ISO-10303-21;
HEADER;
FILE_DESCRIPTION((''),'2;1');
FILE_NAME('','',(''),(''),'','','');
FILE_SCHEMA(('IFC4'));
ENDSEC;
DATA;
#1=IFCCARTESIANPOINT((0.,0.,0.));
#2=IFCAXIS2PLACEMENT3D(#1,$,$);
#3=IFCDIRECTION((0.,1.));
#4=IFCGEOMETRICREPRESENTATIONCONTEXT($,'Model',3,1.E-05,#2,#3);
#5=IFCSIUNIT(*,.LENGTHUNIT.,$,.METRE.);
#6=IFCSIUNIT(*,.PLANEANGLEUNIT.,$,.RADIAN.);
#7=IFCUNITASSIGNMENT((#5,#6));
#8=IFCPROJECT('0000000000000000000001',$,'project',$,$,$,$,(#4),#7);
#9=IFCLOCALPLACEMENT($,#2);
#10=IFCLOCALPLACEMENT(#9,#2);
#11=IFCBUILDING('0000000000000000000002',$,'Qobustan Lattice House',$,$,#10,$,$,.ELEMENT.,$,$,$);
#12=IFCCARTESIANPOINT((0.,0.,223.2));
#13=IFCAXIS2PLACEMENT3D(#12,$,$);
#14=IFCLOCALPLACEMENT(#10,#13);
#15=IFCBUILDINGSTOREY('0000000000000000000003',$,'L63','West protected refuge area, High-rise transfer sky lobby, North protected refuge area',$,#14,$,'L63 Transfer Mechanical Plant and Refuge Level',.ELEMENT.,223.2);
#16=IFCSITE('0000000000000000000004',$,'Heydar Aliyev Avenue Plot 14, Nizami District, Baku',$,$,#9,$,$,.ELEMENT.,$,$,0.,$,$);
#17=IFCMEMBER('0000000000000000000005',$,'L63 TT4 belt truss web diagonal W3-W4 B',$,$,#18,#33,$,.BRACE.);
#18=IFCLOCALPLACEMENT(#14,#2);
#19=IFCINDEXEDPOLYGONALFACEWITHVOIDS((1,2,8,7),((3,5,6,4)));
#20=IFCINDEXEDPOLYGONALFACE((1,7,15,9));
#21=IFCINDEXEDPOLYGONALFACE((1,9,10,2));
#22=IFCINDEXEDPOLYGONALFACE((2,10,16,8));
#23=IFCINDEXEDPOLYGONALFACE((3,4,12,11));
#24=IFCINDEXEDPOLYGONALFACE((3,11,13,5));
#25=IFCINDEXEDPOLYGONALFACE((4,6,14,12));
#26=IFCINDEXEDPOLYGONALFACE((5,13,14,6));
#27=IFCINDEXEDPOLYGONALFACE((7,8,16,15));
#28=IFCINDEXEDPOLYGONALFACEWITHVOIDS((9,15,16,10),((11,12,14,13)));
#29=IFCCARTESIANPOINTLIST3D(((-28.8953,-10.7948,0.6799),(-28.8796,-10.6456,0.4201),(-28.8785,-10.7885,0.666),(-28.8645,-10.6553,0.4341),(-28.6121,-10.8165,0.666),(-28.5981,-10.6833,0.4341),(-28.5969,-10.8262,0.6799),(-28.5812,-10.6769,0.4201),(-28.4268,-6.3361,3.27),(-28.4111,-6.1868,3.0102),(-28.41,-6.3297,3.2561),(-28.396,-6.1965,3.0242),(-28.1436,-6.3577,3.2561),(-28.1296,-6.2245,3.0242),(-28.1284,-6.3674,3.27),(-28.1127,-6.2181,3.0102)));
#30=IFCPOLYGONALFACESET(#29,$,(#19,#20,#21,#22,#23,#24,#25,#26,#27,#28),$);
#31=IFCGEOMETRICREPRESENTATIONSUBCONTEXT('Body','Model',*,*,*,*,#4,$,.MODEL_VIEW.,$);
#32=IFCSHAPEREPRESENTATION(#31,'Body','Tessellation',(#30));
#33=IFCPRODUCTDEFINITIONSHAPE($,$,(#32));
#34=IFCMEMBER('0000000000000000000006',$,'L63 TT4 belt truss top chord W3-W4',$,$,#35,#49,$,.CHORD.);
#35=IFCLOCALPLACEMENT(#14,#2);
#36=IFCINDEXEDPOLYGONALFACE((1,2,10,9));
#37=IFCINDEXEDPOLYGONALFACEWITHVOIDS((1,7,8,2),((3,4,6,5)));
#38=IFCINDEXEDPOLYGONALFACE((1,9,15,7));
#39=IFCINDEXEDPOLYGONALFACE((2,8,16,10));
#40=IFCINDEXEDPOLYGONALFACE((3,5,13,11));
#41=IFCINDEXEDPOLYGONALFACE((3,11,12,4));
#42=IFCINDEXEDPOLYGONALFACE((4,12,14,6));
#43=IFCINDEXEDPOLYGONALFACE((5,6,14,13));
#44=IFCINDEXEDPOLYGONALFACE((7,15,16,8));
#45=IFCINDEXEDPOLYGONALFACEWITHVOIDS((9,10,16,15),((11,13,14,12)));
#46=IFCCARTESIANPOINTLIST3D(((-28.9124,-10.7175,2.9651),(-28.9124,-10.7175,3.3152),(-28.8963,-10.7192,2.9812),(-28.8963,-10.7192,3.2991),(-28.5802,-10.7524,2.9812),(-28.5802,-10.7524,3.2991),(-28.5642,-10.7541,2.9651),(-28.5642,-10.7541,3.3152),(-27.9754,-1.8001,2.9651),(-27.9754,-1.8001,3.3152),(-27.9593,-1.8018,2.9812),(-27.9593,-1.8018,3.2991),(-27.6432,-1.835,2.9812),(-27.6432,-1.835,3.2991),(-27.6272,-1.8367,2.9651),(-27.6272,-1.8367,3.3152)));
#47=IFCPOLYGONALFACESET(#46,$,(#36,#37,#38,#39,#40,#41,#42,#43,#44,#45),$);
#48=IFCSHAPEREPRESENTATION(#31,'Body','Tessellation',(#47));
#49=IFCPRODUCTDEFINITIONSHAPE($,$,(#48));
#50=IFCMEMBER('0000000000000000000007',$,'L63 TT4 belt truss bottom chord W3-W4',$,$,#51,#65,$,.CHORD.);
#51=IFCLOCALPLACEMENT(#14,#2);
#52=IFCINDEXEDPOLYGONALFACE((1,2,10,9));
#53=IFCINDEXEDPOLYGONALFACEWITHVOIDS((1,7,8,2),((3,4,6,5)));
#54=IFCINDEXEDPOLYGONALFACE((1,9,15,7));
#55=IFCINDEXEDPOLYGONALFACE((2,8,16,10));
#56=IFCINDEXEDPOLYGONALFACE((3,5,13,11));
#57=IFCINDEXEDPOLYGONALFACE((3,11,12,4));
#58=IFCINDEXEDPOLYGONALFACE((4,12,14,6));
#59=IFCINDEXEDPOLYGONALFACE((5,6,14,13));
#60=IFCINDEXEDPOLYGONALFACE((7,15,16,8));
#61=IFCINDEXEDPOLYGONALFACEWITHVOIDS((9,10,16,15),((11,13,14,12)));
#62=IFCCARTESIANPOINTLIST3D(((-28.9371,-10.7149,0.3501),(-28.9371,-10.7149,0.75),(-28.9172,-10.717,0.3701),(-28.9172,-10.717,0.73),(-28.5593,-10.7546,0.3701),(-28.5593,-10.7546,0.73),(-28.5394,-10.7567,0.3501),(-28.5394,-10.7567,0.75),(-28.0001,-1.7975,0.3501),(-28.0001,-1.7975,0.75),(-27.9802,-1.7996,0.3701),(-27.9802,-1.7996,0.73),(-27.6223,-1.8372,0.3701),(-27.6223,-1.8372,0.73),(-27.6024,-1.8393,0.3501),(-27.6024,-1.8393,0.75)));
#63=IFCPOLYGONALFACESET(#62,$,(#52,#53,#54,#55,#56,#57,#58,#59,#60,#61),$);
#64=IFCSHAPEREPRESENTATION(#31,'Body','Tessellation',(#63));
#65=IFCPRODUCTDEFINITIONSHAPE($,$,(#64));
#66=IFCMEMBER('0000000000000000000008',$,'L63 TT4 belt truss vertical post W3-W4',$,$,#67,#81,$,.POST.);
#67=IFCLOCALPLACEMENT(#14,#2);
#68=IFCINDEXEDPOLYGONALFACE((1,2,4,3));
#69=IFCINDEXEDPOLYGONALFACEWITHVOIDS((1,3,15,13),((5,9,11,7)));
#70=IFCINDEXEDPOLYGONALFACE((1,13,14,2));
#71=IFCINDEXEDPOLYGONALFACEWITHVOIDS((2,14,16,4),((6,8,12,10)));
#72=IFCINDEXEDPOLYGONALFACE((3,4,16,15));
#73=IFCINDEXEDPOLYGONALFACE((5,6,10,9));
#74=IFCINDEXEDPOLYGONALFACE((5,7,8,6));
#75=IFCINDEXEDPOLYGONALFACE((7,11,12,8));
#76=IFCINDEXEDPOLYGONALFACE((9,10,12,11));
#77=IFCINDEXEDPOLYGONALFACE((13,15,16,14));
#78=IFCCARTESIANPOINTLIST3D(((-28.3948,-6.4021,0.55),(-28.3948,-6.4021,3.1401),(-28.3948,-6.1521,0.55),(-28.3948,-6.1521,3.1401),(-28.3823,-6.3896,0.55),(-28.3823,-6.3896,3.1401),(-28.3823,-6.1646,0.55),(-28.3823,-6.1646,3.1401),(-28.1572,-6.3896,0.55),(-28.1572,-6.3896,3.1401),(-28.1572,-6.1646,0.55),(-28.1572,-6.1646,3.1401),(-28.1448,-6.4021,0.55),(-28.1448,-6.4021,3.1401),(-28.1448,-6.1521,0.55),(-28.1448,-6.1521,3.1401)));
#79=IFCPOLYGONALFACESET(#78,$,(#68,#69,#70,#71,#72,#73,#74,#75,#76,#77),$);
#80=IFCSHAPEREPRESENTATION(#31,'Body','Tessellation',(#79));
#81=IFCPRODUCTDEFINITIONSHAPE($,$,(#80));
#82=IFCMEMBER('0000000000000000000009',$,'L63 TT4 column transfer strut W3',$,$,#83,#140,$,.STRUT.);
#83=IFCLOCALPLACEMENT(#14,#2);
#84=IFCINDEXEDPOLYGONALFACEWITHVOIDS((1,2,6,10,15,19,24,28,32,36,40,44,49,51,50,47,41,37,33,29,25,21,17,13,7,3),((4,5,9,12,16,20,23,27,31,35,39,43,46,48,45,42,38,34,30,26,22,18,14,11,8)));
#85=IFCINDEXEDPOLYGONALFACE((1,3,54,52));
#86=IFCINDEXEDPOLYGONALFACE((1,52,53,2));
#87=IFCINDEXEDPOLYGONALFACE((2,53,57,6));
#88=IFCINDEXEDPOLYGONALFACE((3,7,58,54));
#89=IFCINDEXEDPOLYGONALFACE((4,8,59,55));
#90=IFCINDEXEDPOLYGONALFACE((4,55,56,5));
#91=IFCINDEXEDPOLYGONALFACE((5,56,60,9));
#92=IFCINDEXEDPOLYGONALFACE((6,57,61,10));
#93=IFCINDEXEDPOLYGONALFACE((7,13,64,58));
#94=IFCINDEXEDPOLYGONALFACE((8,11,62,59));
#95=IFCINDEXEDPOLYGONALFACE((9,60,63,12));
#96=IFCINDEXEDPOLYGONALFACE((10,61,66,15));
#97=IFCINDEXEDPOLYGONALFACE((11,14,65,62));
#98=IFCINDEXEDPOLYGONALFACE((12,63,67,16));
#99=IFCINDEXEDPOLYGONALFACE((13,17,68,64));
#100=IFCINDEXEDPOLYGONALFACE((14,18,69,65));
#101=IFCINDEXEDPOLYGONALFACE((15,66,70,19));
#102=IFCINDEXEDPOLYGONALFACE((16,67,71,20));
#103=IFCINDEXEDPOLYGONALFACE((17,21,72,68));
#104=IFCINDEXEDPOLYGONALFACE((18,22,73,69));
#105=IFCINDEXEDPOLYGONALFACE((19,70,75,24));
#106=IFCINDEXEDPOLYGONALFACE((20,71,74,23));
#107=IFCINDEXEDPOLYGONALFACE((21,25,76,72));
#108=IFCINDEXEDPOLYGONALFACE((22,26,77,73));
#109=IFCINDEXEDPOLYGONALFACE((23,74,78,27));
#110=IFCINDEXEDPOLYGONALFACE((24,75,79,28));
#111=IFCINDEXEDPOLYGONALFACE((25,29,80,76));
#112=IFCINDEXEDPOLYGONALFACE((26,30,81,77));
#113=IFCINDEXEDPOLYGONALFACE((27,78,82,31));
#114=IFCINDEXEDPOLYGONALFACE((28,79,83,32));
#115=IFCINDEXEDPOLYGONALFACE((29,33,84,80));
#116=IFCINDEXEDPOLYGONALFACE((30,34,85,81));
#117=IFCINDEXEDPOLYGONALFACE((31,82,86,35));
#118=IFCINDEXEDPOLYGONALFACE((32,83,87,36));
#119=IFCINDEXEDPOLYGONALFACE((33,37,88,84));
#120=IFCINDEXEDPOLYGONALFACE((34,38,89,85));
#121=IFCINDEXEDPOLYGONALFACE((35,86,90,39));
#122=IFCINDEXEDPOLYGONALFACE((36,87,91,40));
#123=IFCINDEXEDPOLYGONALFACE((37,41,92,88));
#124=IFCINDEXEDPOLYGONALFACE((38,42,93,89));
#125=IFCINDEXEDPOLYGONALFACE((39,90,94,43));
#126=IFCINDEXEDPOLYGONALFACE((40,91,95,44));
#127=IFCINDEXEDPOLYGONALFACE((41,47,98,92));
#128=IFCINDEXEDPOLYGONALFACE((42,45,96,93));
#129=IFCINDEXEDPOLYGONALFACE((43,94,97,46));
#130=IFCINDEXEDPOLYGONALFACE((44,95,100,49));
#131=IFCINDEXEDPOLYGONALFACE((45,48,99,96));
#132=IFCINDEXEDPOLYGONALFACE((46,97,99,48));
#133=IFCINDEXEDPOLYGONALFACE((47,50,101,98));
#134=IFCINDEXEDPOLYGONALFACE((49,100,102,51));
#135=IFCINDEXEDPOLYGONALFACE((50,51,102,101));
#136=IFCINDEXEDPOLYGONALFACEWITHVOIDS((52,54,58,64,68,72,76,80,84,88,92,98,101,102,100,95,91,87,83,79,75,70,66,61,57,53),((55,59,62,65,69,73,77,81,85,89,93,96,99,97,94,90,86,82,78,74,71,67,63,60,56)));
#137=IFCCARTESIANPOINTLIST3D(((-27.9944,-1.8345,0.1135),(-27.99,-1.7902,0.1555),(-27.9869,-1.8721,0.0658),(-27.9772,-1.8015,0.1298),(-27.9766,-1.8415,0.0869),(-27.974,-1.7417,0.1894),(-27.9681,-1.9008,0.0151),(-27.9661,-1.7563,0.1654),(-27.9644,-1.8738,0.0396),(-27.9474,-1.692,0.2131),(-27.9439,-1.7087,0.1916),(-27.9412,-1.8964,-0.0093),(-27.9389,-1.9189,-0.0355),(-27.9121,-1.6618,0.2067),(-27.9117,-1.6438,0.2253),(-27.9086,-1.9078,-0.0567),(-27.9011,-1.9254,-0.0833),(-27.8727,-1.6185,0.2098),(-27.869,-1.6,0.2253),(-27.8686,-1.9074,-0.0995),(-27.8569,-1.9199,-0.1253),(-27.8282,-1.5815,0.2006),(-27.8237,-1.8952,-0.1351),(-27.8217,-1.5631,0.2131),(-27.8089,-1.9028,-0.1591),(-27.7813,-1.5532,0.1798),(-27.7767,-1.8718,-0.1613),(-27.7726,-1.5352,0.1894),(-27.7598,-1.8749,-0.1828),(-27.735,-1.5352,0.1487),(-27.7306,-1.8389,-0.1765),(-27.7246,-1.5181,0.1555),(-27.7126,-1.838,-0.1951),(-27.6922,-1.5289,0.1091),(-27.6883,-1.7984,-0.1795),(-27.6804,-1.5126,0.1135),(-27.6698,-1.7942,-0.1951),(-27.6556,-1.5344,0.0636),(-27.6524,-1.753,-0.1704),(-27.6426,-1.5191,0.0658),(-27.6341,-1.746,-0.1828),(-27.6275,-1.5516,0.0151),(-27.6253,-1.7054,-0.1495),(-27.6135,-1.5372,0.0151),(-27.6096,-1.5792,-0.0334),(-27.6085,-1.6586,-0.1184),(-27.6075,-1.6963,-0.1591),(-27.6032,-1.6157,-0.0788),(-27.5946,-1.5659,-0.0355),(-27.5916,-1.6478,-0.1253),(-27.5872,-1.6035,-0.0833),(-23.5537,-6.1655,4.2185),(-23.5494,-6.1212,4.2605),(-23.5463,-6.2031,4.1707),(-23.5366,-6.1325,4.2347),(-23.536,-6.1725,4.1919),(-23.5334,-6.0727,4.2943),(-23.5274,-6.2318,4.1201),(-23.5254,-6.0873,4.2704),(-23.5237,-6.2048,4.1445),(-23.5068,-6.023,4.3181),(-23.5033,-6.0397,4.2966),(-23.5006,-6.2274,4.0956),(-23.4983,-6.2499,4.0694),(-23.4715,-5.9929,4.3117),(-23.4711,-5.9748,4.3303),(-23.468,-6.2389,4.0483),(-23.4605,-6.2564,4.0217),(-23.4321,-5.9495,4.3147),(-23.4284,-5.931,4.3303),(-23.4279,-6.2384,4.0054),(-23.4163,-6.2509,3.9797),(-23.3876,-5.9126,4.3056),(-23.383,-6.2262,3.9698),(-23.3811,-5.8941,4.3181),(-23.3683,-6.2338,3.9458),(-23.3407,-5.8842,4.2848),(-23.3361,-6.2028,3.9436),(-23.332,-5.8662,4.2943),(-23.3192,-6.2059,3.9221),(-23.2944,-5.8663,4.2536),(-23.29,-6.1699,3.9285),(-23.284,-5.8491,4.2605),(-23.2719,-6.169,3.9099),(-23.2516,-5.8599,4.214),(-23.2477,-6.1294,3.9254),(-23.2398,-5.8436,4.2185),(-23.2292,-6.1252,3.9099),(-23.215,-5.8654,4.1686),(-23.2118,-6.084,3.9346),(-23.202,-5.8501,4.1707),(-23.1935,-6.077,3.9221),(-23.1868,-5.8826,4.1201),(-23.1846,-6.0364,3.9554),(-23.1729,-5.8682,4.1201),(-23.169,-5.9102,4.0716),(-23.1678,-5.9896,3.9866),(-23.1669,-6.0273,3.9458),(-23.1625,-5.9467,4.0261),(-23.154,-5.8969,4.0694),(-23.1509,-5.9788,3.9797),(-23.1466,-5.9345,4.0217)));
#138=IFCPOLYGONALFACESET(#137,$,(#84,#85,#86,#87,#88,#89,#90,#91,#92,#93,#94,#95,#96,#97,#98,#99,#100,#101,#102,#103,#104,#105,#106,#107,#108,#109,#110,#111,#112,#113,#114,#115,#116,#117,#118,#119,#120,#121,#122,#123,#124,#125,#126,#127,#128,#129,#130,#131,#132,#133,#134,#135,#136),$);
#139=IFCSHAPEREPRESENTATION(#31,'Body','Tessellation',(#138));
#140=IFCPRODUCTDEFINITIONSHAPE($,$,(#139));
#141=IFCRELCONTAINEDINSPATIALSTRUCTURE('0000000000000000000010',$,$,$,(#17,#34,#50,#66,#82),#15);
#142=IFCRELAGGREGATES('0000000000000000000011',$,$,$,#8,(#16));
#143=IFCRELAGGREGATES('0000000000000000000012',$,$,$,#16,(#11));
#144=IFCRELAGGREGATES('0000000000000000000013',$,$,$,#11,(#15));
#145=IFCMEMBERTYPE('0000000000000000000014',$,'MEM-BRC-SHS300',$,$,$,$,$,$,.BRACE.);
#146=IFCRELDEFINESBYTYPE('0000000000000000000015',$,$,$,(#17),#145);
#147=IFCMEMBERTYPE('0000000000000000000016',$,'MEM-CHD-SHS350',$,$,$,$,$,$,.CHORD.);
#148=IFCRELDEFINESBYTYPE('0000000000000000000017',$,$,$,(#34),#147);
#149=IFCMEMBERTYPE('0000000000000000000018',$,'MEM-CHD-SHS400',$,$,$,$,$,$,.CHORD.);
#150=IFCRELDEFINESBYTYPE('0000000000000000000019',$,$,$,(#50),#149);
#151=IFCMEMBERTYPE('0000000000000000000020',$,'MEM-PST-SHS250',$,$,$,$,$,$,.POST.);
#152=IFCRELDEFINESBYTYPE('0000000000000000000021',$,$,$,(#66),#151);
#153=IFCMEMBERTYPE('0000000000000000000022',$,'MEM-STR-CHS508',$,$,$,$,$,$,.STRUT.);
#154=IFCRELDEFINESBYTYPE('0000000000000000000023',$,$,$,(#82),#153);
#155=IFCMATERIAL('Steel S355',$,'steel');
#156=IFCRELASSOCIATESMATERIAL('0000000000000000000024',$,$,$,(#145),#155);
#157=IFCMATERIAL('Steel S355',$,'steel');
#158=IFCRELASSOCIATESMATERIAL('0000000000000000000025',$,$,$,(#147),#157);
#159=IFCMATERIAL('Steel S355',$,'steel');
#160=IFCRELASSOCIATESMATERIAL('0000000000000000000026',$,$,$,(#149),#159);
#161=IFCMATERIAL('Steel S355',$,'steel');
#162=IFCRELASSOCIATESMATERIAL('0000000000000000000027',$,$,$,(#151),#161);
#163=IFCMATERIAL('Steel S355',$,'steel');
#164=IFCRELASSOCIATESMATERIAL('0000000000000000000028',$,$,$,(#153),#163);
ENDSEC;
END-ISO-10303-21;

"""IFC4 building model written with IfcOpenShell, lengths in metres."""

from ifc_helpers import new_model, si_unit, direction, frame, origin, origin_2d, place, context, subcontext, project, spatial, hollow_rectangle, hollow_circle, extrude, material, material_profile, profile_set, type_object, element, save


model = new_model("IFC4")

# Units and contexts
model_context = context("Model", 3, precision=1e-05, world=origin(), true_north=direction((0.0, 1.0)))
body_context = subcontext(model_context, "Body", "Model", "MODEL_VIEW")
ifc_project = project(units=[si_unit("LENGTHUNIT", "METRE"), si_unit("PLANEANGLEUNIT", "RADIAN")], contexts=[model_context])

# Site, building, storey
site_placement = place(None, origin())
site = spatial("IfcSite", under=ifc_project, at=site_placement, Name="Heydar Aliyev Avenue Plot 14, Nizami District, Baku", CompositionType="ELEMENT", RefElevation=0.0)
building_placement = place(site_placement, origin())
building = spatial("IfcBuilding", under=site, at=building_placement, Name="Qobustan Lattice House", CompositionType="ELEMENT")
storey_placement = place(building_placement, frame((0.0, 0.0, 223.2)))
storey = spatial("IfcBuildingStorey", under=building, at=storey_placement, Name="L63", Description="West protected refuge area, High-rise transfer sky lobby, North protected refuge area", LongName="L63 Transfer Mechanical Plant and Refuge Level", CompositionType="ELEMENT", Elevation=223.2)

# Members
ifc_material_1 = material(Name="Steel S355", Category="steel")
ifc_material_profile_1 = material_profile(ifc_material_1, hollow_rectangle(XDim=0.3, YDim=0.3, WallThickness=0.0161, at=origin_2d()), Name="SHS300x300x16")
ifc_profile_set_1 = profile_set([ifc_material_profile_1], Name="Steel S355")
member_type_1 = type_object("IfcMemberType", Name="MEM-BRC-SHS300", PredefinedType="BRACE", material=ifc_profile_set_1)
for number, where, z_axis, x_axis, name in (
    (1, (-28.2698, -6.2771, 3.1401), (-0.090486, -0.861146, -0.500241), (0.994525, -0.104501, 0.0), "L63 TT4 belt truss web diagonal W3-W4 B"),
):
    element("IfcMember", number, at=place(storey_placement, frame(where, z_axis=z_axis, x_axis=x_axis)), inside=storey, type_object=member_type_1, Name=name, PredefinedType="BRACE", context=body_context, shape_type="SweptSolid", body=[
        extrude(hollow_rectangle(XDim=0.3, YDim=0.3, WallThickness=0.0161, at=origin_2d()), origin(), (0.0, 0.0, 1.0), 5.1777),
    ])
ifc_material_2 = material(Name="Steel S355", Category="steel")
ifc_material_profile_2 = material_profile(ifc_material_2, hollow_rectangle(XDim=0.3501, YDim=0.3501, WallThickness=0.0161, at=origin_2d()), Name="SHS350x350x16")
ifc_profile_set_2 = profile_set([ifc_material_profile_2], Name="Steel S355")
member_type_2 = type_object("IfcMemberType", Name="MEM-CHD-SHS350", PredefinedType="CHORD", material=ifc_profile_set_2)
member_1_placement = place(storey_placement, frame((-27.8013, -1.8184, 3.1401), z_axis=(-0.104501, -0.994525, 0.0), x_axis=(0.994525, -0.104501, 0.0)))
element("IfcMember", 2, at=member_1_placement, inside=storey, type_object=member_type_2, Name="L63 TT4 belt truss top chord W3-W4", PredefinedType="CHORD", context=body_context, shape_type="SweptSolid", body=[
    extrude(hollow_rectangle(XDim=0.3501, YDim=0.3501, WallThickness=0.0161, at=origin_2d()), origin(), (0.0, 0.0, 1.0), 8.9666),
])
ifc_material_3 = material(Name="Steel S355", Category="steel")
ifc_material_profile_3 = material_profile(ifc_material_3, hollow_rectangle(XDim=0.3999, YDim=0.3999, WallThickness=0.02, at=origin_2d()), Name="SHS400x400x20")
ifc_profile_set_3 = profile_set([ifc_material_profile_3], Name="Steel S355")
member_type_3 = type_object("IfcMemberType", Name="MEM-CHD-SHS400", PredefinedType="CHORD", material=ifc_profile_set_3)
member_2_placement = place(storey_placement, frame((-27.8013, -1.8184, 0.55), z_axis=(-0.104501, -0.994525, 0.0), x_axis=(0.994525, -0.104501, 0.0)))
element("IfcMember", 3, at=member_2_placement, inside=storey, type_object=member_type_3, Name="L63 TT4 belt truss bottom chord W3-W4", PredefinedType="CHORD", context=body_context, shape_type="SweptSolid", body=[
    extrude(hollow_rectangle(XDim=0.3999, YDim=0.3999, WallThickness=0.02, at=origin_2d()), origin(), (0.0, 0.0, 1.0), 8.9666),
])
ifc_material_4 = material(Name="Steel S355", Category="steel")
ifc_material_profile_4 = material_profile(ifc_material_4, hollow_rectangle(XDim=0.25, YDim=0.25, WallThickness=0.0125, at=origin_2d()), Name="SHS250x250x12.5")
ifc_profile_set_4 = profile_set([ifc_material_profile_4], Name="Steel S355")
member_type_4 = type_object("IfcMemberType", Name="MEM-PST-SHS250", PredefinedType="POST", material=ifc_profile_set_4)
member_3_placement = place(storey_placement, frame((-28.2698, -6.2771, 0.55), z_axis=(0.0, 0.0, 1.0), x_axis=(1.0, 0.0, 0.0)))
element("IfcMember", 4, at=member_3_placement, inside=storey, type_object=member_type_4, Name="L63 TT4 belt truss vertical post W3-W4", PredefinedType="POST", context=body_context, shape_type="SweptSolid", body=[
    extrude(hollow_rectangle(XDim=0.25, YDim=0.25, WallThickness=0.0125, at=origin_2d()), origin(), (0.0, 0.0, 1.0), 2.5901),
])
ifc_material_5 = material(Name="Steel S355", Category="steel")
ifc_material_profile_5 = material_profile(ifc_material_5, hollow_circle(Radius=0.2539, WallThickness=0.02, at=origin_2d()), Name="CHS508x20")
ifc_profile_set_5 = profile_set([ifc_material_profile_5], Name="Steel S355")
member_type_5 = type_object("IfcMemberType", Name="MEM-STR-CHS508", PredefinedType="STRUT", material=ifc_profile_set_5)
member_4_placement = place(storey_placement, frame((-27.7908, -1.719, 0.0151), z_axis=(0.597, -0.582263, 0.55187), x_axis=(0.698216, 0.715888, 0.0)))
element("IfcMember", 5, at=member_4_placement, inside=storey, type_object=member_type_5, Name="L63 TT4 column transfer strut W3", PredefinedType="STRUT", context=body_context, shape_type="SweptSolid", body=[
    extrude(hollow_circle(Radius=0.2539, WallThickness=0.02, at=origin_2d()), origin(), (0.0, 0.0, 1.0), 7.4382),
])

save(model, "model.ifc")
